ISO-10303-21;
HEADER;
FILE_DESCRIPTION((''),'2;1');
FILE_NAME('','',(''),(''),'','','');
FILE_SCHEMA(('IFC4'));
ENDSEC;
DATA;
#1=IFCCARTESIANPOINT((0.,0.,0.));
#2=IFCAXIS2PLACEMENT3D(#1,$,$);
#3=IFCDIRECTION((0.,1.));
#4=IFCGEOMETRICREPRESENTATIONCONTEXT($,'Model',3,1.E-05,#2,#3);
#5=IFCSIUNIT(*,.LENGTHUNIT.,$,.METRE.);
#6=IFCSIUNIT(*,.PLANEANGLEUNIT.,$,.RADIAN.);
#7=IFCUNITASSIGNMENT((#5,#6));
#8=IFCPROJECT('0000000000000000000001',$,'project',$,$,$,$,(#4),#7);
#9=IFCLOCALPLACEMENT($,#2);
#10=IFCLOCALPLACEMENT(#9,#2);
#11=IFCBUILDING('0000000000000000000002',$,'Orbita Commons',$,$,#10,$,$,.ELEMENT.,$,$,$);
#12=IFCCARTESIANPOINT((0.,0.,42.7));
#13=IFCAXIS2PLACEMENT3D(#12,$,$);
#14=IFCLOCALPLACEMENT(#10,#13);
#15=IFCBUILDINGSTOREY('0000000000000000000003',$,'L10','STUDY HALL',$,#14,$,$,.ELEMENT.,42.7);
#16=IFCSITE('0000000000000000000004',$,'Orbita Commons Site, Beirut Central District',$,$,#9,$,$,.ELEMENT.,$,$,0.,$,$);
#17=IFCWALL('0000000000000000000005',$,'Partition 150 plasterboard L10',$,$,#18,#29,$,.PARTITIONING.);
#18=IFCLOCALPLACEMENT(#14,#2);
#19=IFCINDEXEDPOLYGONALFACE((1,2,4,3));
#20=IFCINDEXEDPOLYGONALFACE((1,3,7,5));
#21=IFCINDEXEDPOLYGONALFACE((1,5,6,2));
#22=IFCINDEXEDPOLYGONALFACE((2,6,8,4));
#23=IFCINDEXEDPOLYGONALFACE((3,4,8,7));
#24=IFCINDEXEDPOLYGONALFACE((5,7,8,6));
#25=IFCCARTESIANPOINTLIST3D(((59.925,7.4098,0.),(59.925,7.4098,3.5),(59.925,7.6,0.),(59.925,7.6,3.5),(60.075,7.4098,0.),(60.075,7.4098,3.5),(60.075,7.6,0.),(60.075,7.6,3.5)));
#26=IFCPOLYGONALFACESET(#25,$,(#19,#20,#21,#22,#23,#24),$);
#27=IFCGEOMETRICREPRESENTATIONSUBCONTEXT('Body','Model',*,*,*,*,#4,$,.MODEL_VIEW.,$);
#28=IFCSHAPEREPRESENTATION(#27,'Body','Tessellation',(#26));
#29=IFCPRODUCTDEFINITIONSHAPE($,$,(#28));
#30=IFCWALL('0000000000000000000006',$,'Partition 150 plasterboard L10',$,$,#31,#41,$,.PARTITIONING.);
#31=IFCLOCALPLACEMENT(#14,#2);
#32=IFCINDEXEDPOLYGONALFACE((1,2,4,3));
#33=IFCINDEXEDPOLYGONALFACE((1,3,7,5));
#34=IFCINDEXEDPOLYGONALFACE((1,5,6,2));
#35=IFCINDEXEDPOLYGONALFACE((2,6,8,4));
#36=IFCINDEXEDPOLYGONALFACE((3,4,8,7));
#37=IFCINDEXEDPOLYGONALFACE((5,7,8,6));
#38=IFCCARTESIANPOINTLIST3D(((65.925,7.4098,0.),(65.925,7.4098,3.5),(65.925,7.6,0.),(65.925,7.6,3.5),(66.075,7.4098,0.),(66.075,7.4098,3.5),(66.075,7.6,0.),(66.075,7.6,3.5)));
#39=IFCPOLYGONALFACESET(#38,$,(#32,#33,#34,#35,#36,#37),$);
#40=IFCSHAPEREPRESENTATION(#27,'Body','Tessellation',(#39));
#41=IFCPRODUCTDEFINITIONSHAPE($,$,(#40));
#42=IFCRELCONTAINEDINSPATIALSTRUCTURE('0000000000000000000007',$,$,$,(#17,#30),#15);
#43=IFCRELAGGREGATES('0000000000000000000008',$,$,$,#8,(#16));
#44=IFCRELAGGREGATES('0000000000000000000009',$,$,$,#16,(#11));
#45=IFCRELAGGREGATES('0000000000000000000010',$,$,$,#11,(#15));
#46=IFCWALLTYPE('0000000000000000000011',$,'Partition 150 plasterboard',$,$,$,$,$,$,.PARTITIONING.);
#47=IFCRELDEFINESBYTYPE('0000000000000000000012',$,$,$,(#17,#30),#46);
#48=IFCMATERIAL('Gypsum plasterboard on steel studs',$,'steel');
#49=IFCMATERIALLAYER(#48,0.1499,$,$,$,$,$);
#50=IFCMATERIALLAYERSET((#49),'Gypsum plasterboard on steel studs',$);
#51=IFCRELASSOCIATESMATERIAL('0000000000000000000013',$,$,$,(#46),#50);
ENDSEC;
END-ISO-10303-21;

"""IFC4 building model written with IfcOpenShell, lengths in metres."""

from ifc_helpers import new_model, si_unit, direction, frame, frame_2d, origin, place, context, subcontext, project, spatial, rectangle, extrude, material, layer, layer_set, type_object, element, save


model = new_model("IFC4")

# Units and contexts
model_context = context("Model", 3, precision=1e-05, world=origin(), true_north=direction((0.0, 1.0)))
body_context = subcontext(model_context, "Body", "Model", "MODEL_VIEW")
ifc_project = project(units=[si_unit("LENGTHUNIT", "METRE"), si_unit("PLANEANGLEUNIT", "RADIAN")], contexts=[model_context])

# Site, building, storey
site_placement = place(None, origin())
site = spatial("IfcSite", under=ifc_project, at=site_placement, Name="Orbita Commons Site, Beirut Central District", CompositionType="ELEMENT", RefElevation=0.0)
building_placement = place(site_placement, origin())
building = spatial("IfcBuilding", under=site, at=building_placement, Name="Orbita Commons", CompositionType="ELEMENT")
storey_placement = place(building_placement, frame((0.0, 0.0, 42.7)))
storey = spatial("IfcBuildingStorey", under=building, at=storey_placement, Name="L10", Description="STUDY HALL", CompositionType="ELEMENT", Elevation=42.7)

# Walls
ifc_material_1 = material(Name="Gypsum plasterboard on steel studs", Category="steel")
ifc_layer_1 = layer(ifc_material_1, 0.1499)
ifc_layer_set_1 = layer_set([ifc_layer_1], Name="Gypsum plasterboard on steel studs")
wall_type_1 = type_object("IfcWallType", Name="Partition 150 plasterboard", PredefinedType="PARTITIONING", material=ifc_layer_set_1)
for number, where, z_axis, x_axis, name in (
    (1, (60.0, 7.6001, 0.0), (0.0, 0.0, 1.0), (0.0, -1.0, 0.0), "Partition 150 plasterboard L10"),
    (2, (66.0, 7.6001, 0.0), (0.0, 0.0, 1.0), (0.0, -1.0, 0.0), "Partition 150 plasterboard L10"),
):
    element("IfcWall", number, at=place(storey_placement, frame(where, z_axis=z_axis, x_axis=x_axis)), inside=storey, type_object=wall_type_1, Name=name, PredefinedType="PARTITIONING", context=body_context, shape_type="SweptSolid", body=[
        extrude(rectangle(XDim=0.1902, YDim=0.1499, at=frame_2d((0.0952, 0.0))), origin(), (0.0, 0.0, 1.0), 3.5),
    ])

save(model, "model.ifc")
